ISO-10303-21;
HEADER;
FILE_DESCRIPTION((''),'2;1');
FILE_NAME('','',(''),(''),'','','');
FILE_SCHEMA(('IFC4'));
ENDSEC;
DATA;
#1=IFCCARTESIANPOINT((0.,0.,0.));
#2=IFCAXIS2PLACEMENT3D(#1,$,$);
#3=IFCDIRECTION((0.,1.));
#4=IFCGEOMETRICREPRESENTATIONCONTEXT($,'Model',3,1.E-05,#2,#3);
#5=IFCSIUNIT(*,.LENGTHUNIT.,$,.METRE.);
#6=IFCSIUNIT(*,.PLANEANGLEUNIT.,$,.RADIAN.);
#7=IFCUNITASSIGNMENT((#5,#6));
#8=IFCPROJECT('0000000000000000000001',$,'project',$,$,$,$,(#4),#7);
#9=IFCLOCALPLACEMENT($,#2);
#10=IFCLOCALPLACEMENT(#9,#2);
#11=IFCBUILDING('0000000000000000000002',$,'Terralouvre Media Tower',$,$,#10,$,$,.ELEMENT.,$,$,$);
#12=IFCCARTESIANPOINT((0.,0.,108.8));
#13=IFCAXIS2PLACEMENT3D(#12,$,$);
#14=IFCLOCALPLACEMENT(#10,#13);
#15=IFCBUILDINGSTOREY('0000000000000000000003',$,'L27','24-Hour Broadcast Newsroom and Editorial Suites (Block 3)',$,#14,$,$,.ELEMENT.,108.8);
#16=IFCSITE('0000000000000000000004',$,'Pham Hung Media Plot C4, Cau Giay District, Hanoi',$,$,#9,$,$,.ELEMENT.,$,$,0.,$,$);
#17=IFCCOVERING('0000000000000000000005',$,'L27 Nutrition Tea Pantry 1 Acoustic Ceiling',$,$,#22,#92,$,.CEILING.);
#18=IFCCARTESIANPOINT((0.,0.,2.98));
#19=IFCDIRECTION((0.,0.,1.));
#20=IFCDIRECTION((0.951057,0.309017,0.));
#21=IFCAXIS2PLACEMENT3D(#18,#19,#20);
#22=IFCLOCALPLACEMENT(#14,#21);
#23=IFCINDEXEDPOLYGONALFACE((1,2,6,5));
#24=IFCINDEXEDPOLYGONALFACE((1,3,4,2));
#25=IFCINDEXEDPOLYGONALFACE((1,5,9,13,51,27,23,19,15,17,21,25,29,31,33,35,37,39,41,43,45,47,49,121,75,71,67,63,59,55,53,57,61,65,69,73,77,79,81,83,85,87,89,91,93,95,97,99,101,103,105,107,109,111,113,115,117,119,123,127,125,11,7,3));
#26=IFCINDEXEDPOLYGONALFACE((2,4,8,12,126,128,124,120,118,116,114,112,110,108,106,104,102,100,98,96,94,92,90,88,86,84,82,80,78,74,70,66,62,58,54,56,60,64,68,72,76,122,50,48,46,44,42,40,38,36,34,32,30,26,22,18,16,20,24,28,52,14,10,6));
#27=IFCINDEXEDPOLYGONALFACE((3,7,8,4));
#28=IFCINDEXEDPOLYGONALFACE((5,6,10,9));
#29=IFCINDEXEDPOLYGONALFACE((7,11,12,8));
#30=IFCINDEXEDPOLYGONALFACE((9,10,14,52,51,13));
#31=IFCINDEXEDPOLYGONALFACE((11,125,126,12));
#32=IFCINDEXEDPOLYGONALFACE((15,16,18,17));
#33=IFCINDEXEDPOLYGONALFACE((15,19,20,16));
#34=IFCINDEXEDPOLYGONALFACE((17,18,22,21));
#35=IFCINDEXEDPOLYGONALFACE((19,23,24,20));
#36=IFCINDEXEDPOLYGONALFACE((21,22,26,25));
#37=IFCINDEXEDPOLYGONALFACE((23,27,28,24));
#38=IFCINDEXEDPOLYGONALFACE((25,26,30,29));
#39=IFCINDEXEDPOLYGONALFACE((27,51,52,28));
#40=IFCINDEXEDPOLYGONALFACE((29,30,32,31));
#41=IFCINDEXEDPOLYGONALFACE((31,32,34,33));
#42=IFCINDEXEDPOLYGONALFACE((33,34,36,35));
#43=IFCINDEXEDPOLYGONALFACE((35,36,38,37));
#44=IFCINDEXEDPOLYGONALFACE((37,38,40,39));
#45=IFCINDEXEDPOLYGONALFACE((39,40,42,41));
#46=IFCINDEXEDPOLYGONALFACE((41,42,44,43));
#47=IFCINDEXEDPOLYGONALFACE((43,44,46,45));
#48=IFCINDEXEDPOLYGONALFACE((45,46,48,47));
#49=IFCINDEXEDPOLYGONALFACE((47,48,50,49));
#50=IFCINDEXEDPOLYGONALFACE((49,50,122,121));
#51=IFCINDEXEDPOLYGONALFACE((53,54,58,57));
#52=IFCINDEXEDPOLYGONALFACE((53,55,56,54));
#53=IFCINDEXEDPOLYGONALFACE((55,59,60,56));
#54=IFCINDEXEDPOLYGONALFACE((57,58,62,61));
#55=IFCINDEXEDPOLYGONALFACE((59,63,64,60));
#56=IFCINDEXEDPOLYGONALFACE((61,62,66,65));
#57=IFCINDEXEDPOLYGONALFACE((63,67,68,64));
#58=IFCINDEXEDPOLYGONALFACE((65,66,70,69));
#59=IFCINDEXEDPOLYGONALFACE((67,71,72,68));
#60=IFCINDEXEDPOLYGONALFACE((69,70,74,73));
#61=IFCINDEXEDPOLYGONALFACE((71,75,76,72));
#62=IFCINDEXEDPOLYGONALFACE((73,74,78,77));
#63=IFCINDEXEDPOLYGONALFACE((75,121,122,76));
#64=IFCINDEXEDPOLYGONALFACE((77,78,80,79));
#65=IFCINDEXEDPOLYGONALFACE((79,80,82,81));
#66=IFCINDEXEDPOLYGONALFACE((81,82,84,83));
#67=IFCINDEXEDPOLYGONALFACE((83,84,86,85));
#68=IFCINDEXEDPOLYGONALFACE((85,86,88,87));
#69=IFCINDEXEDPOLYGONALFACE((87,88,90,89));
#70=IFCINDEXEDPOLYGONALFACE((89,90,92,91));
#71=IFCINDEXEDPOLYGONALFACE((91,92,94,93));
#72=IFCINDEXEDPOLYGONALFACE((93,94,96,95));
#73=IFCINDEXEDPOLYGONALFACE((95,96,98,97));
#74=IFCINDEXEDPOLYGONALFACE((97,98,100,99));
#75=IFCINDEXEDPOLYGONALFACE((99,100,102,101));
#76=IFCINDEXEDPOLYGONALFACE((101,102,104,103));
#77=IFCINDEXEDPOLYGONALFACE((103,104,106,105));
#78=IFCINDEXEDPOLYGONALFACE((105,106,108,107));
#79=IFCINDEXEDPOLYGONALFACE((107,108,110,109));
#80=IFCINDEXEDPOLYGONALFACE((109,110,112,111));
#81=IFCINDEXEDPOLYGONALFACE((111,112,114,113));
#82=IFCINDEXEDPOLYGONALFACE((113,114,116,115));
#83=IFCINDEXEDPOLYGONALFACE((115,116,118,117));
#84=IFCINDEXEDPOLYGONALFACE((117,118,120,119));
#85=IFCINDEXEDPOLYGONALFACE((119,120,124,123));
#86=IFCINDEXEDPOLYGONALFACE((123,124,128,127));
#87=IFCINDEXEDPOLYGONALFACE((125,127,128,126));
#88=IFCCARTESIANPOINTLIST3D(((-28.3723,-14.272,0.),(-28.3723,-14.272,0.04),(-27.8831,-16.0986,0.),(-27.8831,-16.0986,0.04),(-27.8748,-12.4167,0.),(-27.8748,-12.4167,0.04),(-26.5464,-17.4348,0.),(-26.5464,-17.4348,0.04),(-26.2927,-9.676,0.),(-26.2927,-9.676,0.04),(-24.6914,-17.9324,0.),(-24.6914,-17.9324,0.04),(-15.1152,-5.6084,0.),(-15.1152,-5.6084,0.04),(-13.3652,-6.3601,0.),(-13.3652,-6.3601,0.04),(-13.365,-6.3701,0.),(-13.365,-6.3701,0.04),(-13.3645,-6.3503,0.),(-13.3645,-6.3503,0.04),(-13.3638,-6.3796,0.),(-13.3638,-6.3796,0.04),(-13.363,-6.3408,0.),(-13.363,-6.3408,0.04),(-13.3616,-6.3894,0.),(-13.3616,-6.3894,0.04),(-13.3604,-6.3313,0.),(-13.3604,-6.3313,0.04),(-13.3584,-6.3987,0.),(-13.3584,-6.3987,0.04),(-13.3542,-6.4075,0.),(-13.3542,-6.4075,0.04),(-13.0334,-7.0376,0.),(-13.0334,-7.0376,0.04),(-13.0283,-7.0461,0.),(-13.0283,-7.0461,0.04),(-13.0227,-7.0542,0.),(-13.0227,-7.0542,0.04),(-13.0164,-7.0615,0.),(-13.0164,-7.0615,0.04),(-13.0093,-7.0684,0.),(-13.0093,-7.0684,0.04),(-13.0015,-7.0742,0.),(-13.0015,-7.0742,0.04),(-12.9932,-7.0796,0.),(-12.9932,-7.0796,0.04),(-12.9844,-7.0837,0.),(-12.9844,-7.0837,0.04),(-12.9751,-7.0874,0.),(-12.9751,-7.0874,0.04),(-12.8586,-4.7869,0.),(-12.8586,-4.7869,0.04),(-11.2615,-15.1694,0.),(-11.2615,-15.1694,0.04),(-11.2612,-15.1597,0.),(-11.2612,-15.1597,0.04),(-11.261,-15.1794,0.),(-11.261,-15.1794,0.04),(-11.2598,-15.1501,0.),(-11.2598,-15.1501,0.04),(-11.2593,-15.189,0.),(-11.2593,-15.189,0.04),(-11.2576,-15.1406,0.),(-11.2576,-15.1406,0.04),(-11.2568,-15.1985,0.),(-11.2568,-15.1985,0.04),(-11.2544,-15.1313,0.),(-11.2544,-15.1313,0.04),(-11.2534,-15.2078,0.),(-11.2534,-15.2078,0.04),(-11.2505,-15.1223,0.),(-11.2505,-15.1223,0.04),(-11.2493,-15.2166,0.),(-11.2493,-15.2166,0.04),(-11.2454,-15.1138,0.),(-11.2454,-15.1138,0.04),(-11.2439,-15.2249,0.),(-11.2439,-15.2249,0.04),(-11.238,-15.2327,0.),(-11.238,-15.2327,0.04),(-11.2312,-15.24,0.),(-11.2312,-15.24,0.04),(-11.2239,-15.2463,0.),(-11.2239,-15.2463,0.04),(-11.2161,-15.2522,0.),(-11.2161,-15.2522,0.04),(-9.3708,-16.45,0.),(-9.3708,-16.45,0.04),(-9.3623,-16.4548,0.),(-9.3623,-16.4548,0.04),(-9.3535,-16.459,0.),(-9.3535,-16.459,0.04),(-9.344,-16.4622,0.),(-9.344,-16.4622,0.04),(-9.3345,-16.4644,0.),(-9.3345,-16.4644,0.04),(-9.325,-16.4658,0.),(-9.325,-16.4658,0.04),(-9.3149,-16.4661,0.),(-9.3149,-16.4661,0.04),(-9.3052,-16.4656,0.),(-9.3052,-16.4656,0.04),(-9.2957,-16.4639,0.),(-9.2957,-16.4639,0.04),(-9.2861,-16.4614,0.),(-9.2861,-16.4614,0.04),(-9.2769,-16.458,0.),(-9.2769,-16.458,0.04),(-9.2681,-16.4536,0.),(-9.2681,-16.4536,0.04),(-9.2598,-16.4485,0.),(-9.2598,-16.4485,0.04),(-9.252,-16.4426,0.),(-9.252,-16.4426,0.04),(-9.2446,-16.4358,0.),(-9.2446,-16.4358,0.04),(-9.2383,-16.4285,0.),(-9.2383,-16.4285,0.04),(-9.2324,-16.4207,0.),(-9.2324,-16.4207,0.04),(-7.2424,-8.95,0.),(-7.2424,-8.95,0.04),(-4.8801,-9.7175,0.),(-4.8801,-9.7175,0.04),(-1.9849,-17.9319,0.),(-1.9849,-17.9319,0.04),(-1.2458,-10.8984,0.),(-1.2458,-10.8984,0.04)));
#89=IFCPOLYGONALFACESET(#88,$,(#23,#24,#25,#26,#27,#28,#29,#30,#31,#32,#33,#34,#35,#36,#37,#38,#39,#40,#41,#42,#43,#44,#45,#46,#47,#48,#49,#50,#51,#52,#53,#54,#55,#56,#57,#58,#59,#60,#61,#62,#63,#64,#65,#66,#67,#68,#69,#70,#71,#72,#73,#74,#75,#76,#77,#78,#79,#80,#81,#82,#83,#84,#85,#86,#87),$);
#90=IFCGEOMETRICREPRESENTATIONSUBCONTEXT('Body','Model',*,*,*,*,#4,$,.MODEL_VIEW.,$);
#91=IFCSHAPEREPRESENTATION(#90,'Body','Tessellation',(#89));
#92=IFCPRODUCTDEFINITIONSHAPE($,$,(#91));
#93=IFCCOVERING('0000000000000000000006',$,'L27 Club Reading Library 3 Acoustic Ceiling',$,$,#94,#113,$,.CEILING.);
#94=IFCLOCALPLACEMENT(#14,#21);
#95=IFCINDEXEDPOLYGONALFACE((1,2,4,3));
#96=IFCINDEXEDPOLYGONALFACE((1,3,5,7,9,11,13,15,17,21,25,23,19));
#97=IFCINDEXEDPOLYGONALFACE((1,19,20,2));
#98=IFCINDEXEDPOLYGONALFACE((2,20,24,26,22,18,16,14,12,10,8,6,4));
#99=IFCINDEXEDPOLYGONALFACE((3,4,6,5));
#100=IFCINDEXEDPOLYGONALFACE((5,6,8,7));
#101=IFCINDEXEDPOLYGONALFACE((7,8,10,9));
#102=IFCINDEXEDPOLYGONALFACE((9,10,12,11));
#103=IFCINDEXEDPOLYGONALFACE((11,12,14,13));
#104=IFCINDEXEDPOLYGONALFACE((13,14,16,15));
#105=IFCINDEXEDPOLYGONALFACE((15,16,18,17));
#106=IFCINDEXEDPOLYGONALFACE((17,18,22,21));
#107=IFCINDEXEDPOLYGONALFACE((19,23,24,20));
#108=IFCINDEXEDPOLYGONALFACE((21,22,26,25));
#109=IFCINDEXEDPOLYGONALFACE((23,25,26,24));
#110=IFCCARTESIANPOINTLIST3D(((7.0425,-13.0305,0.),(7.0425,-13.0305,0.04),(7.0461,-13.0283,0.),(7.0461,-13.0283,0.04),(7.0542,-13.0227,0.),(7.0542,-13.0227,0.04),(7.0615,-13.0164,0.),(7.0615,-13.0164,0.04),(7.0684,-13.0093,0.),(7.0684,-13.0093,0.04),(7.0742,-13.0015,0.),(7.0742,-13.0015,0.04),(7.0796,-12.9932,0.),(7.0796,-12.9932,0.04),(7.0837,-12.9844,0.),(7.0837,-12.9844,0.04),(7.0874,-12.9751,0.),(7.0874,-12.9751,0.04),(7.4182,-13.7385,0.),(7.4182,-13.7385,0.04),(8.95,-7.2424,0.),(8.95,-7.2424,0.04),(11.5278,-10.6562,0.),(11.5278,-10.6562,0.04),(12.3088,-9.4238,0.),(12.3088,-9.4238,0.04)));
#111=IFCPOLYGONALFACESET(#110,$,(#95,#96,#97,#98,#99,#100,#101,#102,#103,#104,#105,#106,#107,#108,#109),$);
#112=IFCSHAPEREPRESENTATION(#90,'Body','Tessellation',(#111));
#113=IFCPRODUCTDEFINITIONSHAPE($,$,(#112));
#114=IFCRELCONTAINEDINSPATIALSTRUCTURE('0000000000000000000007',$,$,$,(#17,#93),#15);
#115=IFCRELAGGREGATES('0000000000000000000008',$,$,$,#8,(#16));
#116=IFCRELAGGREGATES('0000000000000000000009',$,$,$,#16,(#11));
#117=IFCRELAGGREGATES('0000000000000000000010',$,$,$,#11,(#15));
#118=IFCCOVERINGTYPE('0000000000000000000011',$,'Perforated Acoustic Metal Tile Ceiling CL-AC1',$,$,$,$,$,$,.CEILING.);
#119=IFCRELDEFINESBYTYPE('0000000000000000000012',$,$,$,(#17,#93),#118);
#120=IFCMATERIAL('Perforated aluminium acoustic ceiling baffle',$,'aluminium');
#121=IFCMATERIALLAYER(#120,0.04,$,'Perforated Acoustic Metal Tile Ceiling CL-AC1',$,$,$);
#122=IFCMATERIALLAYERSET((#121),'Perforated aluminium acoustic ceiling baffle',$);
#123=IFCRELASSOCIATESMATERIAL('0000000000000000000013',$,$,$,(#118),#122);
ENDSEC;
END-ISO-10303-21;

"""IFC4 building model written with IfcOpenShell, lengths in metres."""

from ifc_helpers import new_model, si_unit, direction, frame, origin, place, context, subcontext, project, spatial, polyline, outline, extrude, material, layer, layer_set, type_object, element, save


model = new_model("IFC4")

# Units and contexts
model_context = context("Model", 3, precision=1e-05, world=origin(), true_north=direction((0.0, 1.0)))
body_context = subcontext(model_context, "Body", "Model", "MODEL_VIEW")
ifc_project = project(units=[si_unit("LENGTHUNIT", "METRE"), si_unit("PLANEANGLEUNIT", "RADIAN")], contexts=[model_context])

# Site, building, storey
site_placement = place(None, origin())
site = spatial("IfcSite", under=ifc_project, at=site_placement, Name="Pham Hung Media Plot C4, Cau Giay District, Hanoi", CompositionType="ELEMENT", RefElevation=0.0)
building_placement = place(site_placement, origin())
building = spatial("IfcBuilding", under=site, at=building_placement, Name="Terralouvre Media Tower", CompositionType="ELEMENT")
storey_placement = place(building_placement, frame((0.0, 0.0, 108.8)))
storey = spatial("IfcBuildingStorey", under=building, at=storey_placement, Name="L27", Description="24-Hour Broadcast Newsroom and Editorial Suites (Block 3)", CompositionType="ELEMENT", Elevation=108.8)

# Coverings
ifc_material_1 = material(Name="Perforated aluminium acoustic ceiling baffle", Category="aluminium")
ifc_layer_1 = layer(ifc_material_1, 0.04, Name="Perforated Acoustic Metal Tile Ceiling CL-AC1")
ifc_layer_set_1 = layer_set([ifc_layer_1], Name="Perforated aluminium acoustic ceiling baffle")
covering_type = type_object("IfcCoveringType", Name="Perforated Acoustic Metal Tile Ceiling CL-AC1", PredefinedType="CEILING", material=ifc_layer_set_1)
covering_1_placement = place(storey_placement, frame((0.0, 0.0, 2.98), z_axis=(0.0, 0.0, 1.0), x_axis=(0.951057, 0.309017, 0.0)))
element("IfcCovering", 1, at=covering_1_placement, inside=storey, type_object=covering_type, Name="L27 Nutrition Tea Pantry 1 Acoustic Ceiling", PredefinedType="CEILING", context=body_context, shape_type="SweptSolid", body=[
    extrude(outline(polyline([(-4.8801, -9.7175), (-9.2324, -16.4207), (-9.2383, -16.4285), (-9.2446, -16.4358), (-9.252, -16.4426), (-9.2598, -16.4485), (-9.2681, -16.4536), (-9.2769, -16.458), (-9.2861, -16.4614), (-9.2957, -16.4639), (-9.3052, -16.4656), (-9.3149, -16.4661), (-9.325, -16.4658), (-9.3345, -16.4644), (-9.344, -16.4622), (-9.3535, -16.459), (-9.3623, -16.4548), (-9.3708, -16.45), (-11.2161, -15.2522), (-11.2239, -15.2463), (-11.2312, -15.24), (-11.238, -15.2327), (-11.2439, -15.2249), (-11.2493, -15.2166), (-11.2534, -15.2078), (-11.2568, -15.1985), (-11.2593, -15.189), (-11.261, -15.1794), (-11.2615, -15.1694), (-11.2612, -15.1597), (-11.2598, -15.1501), (-11.2576, -15.1406), (-11.2544, -15.1313), (-11.2505, -15.1223), (-11.2454, -15.1138), (-7.2424, -8.95), (-12.9751, -7.0874), (-12.9844, -7.0837), (-12.9932, -7.0796), (-13.0015, -7.0742), (-13.0093, -7.0684), (-13.0164, -7.0615), (-13.0227, -7.0542), (-13.0283, -7.0461), (-13.0334, -7.0376), (-13.3542, -6.4075), (-13.3584, -6.3987), (-13.3616, -6.3894), (-13.3638, -6.3796), (-13.365, -6.3701), (-13.3652, -6.3601), (-13.3645, -6.3503), (-13.363, -6.3408), (-13.3604, -6.3313), (-12.8586, -4.7869), (-15.1152, -5.6084), (-26.2927, -9.676), (-27.8748, -12.4167), (-28.3723, -14.272), (-27.8831, -16.0986), (-26.5464, -17.4348), (-24.6914, -17.9324), (-1.9849, -17.9319), (-1.2458, -10.8984), (-4.8801, -9.7175)])), origin(), (0.0, 0.0, 1.0), 0.04),
])
covering_2_placement = place(storey_placement, frame((0.0, 0.0, 2.98), z_axis=(0.0, 0.0, 1.0), x_axis=(0.951057, 0.309017, 0.0)))
element("IfcCovering", 2, at=covering_2_placement, inside=storey, type_object=covering_type, Name="L27 Club Reading Library 3 Acoustic Ceiling", PredefinedType="CEILING", context=body_context, shape_type="SweptSolid", body=[
    extrude(outline(polyline([(7.4182, -13.7385), (11.5278, -10.6562), (12.3088, -9.4238), (8.95, -7.2424), (7.0874, -12.9751), (7.0837, -12.9844), (7.0796, -12.9932), (7.0742, -13.0015), (7.0684, -13.0093), (7.0615, -13.0164), (7.0542, -13.0227), (7.0461, -13.0283), (7.0425, -13.0305), (7.4182, -13.7385)])), origin(), (0.0, 0.0, 1.0), 0.04),
])

save(model, "model.ifc")
